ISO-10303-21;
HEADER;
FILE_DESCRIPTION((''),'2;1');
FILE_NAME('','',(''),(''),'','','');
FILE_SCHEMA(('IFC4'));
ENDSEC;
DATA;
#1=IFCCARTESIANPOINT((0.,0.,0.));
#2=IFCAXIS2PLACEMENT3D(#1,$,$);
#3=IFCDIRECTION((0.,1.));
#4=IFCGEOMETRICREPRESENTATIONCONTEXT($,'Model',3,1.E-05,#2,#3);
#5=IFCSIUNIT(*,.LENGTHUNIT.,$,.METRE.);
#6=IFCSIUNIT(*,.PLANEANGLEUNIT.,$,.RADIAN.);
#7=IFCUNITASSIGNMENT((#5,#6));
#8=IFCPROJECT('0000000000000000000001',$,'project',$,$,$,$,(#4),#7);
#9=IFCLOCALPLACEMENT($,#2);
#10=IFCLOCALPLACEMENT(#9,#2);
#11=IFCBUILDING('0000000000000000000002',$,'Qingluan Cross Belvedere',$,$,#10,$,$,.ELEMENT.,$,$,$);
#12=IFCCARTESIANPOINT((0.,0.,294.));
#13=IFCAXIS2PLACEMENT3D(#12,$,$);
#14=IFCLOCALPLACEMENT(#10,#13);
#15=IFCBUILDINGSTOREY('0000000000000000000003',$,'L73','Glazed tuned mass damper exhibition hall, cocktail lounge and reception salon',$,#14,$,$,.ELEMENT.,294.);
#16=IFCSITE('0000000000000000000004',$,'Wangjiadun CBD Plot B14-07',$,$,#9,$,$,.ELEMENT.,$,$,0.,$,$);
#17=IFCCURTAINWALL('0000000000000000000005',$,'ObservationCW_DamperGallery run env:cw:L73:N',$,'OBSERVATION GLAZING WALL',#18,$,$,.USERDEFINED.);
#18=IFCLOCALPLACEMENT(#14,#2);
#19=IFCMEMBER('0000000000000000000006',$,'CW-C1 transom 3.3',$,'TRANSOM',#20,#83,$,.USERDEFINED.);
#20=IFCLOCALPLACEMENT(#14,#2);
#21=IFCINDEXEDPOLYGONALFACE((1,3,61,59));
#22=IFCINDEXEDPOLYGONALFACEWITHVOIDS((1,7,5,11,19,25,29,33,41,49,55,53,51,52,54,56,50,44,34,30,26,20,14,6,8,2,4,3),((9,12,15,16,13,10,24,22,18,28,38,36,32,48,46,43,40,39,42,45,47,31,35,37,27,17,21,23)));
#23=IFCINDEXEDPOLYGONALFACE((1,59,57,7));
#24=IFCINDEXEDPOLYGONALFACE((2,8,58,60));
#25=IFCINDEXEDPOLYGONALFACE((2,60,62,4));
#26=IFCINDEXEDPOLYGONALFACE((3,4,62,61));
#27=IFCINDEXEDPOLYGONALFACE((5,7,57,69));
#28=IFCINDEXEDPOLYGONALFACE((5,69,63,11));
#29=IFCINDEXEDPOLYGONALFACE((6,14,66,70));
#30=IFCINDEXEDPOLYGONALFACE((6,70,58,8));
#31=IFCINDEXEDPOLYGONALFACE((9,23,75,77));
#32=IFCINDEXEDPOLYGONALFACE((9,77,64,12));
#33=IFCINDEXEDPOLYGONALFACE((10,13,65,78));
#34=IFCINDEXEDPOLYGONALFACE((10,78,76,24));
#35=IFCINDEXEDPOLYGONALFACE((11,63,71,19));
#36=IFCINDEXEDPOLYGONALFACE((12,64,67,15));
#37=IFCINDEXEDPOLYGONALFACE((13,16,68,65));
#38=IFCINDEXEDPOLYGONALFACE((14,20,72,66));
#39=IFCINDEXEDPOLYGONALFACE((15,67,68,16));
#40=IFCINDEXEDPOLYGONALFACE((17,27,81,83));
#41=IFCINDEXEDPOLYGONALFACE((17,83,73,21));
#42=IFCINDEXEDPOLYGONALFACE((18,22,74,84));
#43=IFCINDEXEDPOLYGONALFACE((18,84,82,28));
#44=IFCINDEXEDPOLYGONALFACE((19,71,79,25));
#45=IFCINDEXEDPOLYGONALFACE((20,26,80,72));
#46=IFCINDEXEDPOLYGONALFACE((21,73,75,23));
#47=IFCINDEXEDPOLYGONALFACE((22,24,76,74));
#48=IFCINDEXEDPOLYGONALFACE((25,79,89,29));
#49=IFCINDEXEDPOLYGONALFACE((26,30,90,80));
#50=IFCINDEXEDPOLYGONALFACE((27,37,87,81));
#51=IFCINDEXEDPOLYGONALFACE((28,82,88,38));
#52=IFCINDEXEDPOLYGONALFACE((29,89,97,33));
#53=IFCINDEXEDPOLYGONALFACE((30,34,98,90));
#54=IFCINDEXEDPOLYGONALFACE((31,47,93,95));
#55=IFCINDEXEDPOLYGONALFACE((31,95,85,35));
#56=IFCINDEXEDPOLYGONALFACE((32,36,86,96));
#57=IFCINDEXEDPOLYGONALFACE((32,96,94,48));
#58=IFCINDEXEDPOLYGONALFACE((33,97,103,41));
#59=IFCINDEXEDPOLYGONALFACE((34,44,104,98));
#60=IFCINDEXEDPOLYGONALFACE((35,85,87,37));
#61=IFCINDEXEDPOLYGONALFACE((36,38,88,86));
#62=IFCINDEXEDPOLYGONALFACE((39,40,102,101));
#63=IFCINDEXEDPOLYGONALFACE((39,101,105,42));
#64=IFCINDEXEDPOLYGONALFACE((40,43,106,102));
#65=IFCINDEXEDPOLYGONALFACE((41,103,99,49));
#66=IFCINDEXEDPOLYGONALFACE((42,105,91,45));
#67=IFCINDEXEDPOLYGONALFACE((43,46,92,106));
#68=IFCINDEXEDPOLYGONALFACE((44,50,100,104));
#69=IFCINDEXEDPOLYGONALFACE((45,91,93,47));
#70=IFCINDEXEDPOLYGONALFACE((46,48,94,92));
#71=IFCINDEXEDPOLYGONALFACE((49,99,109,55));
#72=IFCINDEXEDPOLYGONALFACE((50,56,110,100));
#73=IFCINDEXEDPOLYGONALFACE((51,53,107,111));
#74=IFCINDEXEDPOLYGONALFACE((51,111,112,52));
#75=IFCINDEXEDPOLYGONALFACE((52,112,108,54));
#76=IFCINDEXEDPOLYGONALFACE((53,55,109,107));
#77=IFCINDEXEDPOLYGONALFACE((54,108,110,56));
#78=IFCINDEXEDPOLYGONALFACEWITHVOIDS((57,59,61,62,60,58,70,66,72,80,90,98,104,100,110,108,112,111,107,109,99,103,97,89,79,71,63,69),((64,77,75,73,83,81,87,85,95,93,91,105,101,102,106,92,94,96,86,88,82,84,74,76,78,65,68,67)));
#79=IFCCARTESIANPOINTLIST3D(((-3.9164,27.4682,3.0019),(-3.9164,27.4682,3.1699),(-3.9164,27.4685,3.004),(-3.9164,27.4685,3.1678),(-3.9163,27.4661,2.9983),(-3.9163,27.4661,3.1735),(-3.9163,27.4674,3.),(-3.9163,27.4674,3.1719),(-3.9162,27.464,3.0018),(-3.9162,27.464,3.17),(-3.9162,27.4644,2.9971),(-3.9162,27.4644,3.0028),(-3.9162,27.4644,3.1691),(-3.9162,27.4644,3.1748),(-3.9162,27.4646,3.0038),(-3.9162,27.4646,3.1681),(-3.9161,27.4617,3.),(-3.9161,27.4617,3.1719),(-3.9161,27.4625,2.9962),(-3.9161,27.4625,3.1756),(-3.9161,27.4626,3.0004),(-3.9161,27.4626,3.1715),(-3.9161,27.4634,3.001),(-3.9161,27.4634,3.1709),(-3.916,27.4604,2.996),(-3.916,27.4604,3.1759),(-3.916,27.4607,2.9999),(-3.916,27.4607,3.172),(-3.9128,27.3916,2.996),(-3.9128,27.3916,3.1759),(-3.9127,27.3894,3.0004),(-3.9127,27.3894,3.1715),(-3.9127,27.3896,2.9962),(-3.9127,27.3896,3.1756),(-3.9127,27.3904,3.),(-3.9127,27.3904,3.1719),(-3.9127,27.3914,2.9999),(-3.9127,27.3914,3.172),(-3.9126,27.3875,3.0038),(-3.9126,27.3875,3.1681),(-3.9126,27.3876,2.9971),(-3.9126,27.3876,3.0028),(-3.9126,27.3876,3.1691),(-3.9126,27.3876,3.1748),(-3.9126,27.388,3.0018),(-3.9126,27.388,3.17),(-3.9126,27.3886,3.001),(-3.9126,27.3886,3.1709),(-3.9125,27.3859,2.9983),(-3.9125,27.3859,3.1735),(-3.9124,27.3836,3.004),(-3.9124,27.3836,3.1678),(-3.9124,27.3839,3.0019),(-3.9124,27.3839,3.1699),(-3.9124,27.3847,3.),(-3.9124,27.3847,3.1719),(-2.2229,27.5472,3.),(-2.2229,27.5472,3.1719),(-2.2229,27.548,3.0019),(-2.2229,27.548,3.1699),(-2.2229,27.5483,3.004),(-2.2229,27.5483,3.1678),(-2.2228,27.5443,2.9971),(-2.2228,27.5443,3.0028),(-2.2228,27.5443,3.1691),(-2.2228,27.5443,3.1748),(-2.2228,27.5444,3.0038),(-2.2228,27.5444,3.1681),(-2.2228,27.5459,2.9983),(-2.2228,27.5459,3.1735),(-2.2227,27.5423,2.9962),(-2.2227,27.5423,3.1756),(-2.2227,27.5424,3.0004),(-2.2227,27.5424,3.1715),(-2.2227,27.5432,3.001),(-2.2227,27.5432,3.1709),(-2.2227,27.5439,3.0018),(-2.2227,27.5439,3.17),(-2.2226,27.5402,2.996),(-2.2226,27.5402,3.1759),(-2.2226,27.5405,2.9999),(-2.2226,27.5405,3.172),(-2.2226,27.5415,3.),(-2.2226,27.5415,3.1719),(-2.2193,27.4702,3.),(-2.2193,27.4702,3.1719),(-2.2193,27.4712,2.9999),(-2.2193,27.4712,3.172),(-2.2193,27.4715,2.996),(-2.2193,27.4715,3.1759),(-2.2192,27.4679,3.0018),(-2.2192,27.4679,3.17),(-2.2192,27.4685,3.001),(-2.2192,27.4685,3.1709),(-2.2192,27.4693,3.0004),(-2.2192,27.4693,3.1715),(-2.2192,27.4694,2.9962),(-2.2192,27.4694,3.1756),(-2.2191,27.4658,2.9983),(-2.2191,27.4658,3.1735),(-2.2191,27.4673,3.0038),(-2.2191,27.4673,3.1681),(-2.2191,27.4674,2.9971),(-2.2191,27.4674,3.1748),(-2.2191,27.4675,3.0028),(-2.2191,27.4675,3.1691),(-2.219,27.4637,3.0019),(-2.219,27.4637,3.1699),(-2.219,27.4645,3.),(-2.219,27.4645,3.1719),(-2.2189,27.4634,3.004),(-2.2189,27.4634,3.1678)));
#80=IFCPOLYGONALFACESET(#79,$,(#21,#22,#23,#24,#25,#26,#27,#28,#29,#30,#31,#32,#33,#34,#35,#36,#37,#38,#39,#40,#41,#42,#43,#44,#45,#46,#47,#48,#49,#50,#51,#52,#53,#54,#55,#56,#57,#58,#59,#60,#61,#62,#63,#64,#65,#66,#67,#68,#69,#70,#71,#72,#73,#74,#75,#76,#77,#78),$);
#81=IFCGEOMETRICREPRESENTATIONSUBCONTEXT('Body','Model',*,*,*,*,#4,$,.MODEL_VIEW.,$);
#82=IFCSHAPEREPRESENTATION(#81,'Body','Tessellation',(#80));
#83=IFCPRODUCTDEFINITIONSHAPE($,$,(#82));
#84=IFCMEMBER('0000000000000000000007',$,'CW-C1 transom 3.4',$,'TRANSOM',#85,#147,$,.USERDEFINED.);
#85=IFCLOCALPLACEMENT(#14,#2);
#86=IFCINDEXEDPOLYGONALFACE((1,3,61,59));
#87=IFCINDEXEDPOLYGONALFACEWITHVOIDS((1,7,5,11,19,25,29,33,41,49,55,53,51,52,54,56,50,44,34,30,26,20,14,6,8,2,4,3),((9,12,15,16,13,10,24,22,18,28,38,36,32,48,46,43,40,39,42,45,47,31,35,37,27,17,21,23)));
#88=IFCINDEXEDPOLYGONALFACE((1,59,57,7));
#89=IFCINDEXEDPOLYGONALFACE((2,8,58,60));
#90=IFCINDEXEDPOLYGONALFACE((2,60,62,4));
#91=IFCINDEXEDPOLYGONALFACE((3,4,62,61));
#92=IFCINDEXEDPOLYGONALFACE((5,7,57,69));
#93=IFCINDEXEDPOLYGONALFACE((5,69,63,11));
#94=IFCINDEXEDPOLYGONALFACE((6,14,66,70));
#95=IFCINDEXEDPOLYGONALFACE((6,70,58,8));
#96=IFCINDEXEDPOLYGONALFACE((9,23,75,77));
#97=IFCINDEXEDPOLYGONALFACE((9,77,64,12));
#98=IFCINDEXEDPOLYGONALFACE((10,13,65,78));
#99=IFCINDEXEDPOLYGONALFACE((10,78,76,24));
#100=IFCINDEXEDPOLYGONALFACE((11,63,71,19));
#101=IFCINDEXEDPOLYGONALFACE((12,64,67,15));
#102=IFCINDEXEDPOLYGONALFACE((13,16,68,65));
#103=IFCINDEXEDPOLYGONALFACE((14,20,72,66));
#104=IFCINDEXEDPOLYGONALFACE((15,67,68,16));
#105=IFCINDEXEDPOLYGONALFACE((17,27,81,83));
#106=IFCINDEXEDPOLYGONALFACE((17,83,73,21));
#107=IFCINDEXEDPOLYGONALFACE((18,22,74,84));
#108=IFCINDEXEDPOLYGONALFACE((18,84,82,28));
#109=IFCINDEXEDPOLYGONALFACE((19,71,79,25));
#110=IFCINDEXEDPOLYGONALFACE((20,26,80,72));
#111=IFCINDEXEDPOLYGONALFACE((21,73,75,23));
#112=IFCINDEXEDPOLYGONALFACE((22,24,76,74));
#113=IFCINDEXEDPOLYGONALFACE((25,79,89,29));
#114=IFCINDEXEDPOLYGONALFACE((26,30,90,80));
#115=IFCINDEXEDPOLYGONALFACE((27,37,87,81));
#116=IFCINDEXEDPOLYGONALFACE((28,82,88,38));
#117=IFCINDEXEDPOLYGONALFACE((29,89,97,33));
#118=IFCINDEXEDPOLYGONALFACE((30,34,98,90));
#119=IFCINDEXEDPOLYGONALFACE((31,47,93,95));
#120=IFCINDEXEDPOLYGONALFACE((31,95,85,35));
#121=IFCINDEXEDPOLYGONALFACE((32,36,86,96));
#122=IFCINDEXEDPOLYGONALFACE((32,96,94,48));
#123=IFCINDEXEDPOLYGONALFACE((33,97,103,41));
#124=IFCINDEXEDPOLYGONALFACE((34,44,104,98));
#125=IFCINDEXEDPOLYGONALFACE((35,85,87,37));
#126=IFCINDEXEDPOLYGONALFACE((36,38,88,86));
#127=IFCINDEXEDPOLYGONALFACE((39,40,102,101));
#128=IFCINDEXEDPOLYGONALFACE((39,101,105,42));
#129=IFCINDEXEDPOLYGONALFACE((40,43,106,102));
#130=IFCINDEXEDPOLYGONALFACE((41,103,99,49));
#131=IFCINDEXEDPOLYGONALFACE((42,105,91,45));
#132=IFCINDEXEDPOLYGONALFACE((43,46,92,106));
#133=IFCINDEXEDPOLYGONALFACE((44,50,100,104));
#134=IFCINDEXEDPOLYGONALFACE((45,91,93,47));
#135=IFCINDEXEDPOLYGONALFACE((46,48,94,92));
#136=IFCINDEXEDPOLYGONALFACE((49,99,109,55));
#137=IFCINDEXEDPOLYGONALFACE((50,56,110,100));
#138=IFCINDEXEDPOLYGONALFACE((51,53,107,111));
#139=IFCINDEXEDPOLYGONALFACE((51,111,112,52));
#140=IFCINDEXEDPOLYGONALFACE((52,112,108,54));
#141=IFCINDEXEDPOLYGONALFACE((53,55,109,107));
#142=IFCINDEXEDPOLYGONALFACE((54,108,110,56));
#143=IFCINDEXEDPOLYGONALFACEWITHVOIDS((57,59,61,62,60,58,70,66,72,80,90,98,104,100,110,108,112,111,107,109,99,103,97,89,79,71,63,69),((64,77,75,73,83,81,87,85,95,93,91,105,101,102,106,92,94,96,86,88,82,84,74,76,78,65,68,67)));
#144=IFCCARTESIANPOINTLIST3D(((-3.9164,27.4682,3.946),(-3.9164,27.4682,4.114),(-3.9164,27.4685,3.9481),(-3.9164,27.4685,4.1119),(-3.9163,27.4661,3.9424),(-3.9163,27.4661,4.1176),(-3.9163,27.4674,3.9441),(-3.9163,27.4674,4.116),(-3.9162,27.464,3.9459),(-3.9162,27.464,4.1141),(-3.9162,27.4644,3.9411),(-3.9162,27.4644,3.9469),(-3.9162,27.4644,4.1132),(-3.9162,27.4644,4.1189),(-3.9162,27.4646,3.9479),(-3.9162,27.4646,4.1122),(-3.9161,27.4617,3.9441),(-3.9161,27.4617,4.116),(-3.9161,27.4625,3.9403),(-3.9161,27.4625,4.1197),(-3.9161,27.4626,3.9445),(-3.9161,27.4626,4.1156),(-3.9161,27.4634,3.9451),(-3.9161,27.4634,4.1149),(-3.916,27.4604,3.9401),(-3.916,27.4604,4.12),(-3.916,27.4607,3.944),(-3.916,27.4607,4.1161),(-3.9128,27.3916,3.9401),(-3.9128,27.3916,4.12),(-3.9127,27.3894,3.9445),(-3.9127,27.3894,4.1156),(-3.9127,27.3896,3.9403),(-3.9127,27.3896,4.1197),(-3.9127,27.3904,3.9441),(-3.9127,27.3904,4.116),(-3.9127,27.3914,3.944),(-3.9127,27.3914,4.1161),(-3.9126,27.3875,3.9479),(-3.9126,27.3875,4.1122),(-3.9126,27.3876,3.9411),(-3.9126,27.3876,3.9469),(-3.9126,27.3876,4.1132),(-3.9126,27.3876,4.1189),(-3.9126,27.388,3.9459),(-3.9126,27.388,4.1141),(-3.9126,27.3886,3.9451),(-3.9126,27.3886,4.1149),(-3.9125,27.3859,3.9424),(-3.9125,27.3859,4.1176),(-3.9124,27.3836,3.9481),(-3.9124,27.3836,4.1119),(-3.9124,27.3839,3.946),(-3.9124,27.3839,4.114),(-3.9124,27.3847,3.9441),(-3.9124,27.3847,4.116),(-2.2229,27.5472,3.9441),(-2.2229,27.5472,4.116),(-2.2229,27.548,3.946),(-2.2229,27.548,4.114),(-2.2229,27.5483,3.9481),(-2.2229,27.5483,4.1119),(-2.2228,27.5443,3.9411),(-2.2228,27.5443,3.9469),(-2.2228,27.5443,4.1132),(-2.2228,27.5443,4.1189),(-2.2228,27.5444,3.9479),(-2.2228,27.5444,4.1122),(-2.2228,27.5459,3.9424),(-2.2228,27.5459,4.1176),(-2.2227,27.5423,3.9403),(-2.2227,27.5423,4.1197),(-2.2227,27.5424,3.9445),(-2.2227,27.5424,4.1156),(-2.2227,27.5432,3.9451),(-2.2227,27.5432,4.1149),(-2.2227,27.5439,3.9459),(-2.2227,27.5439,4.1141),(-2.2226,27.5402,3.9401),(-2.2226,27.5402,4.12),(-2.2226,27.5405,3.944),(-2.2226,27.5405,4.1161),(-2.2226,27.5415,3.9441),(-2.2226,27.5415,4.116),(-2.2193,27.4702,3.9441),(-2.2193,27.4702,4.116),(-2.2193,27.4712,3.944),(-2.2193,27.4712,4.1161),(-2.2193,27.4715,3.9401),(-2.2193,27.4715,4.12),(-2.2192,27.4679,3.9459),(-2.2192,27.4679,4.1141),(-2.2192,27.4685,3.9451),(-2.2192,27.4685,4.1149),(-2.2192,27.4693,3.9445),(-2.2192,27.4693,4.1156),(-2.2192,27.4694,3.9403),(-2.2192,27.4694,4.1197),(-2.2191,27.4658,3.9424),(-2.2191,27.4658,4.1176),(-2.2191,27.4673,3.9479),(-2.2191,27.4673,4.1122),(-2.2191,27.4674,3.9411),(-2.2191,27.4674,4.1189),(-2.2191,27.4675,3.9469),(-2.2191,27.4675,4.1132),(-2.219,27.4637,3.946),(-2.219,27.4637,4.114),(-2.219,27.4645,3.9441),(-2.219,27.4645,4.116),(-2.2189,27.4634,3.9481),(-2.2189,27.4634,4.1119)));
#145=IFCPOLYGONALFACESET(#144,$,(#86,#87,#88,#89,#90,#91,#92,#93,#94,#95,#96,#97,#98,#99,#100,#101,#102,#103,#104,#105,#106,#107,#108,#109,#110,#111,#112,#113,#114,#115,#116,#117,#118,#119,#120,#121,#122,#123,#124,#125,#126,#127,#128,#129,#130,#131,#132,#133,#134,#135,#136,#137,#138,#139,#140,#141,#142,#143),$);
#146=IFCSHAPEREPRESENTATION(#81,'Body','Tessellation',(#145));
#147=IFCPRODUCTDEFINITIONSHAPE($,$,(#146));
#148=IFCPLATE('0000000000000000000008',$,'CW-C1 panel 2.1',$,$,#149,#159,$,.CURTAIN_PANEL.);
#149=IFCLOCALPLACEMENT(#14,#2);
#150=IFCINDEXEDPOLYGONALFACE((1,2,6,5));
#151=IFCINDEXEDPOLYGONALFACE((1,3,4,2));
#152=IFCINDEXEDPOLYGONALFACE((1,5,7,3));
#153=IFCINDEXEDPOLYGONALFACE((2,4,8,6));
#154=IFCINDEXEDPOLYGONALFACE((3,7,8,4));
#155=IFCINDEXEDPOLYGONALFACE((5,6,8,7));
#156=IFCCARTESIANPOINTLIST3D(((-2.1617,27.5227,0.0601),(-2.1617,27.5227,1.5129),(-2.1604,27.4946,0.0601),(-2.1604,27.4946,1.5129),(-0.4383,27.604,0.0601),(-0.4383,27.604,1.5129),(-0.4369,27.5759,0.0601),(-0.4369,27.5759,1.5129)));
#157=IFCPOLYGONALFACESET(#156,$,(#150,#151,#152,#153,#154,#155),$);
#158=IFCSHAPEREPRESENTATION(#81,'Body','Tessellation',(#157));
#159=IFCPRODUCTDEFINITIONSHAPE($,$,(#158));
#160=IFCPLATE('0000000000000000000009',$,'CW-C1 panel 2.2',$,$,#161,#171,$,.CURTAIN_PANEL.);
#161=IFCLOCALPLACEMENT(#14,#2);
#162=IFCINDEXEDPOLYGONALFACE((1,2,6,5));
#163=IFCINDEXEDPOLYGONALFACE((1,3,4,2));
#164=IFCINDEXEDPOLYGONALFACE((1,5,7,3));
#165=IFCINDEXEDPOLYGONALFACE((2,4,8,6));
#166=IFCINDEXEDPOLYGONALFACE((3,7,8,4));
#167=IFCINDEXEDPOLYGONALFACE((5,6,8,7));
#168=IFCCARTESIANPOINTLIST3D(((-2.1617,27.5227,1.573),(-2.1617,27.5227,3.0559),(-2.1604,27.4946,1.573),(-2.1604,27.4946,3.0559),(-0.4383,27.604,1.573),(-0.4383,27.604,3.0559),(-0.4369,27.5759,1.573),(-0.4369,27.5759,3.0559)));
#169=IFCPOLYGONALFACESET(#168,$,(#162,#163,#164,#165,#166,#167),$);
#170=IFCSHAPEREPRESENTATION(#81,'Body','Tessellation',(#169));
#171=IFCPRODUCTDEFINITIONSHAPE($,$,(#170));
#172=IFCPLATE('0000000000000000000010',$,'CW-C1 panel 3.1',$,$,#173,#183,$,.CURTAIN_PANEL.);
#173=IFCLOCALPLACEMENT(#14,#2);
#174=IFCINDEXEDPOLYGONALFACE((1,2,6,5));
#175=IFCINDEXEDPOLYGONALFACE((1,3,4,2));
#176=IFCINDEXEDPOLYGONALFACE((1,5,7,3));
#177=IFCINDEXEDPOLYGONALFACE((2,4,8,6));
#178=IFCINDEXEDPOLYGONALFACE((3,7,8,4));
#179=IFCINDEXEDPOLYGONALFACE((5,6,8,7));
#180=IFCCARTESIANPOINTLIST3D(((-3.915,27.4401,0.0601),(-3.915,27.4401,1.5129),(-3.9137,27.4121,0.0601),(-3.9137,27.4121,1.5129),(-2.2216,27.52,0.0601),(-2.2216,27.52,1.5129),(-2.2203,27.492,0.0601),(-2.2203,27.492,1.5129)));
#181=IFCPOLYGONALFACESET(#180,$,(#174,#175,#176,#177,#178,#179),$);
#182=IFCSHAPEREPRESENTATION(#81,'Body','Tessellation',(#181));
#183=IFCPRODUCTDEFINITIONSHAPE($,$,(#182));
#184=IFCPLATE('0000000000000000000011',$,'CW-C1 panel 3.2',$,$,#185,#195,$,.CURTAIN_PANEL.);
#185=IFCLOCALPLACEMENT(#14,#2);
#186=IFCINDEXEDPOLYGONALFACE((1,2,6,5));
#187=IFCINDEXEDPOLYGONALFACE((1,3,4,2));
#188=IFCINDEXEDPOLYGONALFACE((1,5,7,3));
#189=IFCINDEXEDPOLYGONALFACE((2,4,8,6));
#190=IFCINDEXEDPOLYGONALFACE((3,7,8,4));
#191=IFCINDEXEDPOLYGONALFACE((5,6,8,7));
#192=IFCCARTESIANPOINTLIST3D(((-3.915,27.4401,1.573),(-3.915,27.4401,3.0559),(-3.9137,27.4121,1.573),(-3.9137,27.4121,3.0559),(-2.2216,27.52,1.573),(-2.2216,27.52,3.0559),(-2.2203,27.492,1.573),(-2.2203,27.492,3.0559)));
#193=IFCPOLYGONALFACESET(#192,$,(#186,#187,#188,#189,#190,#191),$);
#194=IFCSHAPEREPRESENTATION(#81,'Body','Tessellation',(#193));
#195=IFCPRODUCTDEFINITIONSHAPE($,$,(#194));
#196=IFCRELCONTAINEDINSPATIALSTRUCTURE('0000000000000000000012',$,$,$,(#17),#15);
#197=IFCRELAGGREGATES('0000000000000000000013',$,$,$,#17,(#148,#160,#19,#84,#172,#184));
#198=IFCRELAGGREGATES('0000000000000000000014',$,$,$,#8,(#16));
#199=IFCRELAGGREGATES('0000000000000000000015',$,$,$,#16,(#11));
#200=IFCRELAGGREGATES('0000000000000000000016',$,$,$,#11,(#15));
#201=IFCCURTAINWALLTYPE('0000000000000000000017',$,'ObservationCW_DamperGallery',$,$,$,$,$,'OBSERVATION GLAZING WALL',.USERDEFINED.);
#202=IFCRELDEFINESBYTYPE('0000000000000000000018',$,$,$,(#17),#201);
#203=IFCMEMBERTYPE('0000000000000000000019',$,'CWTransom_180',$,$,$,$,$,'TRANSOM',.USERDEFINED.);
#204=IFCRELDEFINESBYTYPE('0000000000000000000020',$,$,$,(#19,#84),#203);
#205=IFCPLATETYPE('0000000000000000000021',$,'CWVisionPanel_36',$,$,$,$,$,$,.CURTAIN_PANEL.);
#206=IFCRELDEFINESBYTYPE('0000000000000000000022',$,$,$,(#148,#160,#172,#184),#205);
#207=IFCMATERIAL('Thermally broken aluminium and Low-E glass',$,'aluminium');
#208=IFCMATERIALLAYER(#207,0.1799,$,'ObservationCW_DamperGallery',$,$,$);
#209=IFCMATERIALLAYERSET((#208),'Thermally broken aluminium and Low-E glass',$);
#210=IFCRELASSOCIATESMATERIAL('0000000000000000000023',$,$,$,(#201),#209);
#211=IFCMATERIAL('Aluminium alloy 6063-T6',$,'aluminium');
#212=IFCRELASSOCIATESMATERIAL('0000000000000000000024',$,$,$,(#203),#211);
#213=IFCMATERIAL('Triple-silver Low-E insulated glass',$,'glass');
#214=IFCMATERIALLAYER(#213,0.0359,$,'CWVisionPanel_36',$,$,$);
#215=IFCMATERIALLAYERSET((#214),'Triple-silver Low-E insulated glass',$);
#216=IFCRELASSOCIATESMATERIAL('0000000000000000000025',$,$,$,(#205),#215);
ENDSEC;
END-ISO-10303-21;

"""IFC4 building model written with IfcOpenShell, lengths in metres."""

from ifc_helpers import new_model, si_unit, direction, frame, origin, origin_2d, place, context, subcontext, project, spatial, rectangle, hollow_rectangle, extrude, material, layer, layer_set, material_profile, profile_set, type_object, element, aggregate, save


model = new_model("IFC4")

# Units and contexts
model_context = context("Model", 3, precision=1e-05, world=origin(), true_north=direction((0.0, 1.0)))
body_context = subcontext(model_context, "Body", "Model", "MODEL_VIEW")
ifc_project = project(units=[si_unit("LENGTHUNIT", "METRE"), si_unit("PLANEANGLEUNIT", "RADIAN")], contexts=[model_context])

# Site, building, storey
site_placement = place(None, origin())
site = spatial("IfcSite", under=ifc_project, at=site_placement, Name="Wangjiadun CBD Plot B14-07", CompositionType="ELEMENT", RefElevation=0.0)
building_placement = place(site_placement, origin())
building = spatial("IfcBuilding", under=site, at=building_placement, Name="Qingluan Cross Belvedere", CompositionType="ELEMENT")
storey_placement = place(building_placement, frame((0.0, 0.0, 294.0)))
storey = spatial("IfcBuildingStorey", under=building, at=storey_placement, Name="L73", Description="Glazed tuned mass damper exhibition hall, cocktail lounge and reception salon", CompositionType="ELEMENT", Elevation=294.0)

# Curtain wall, members, plates
ifc_material_1 = material(Name="Thermally broken aluminium and Low-E glass", Category="aluminium")
ifc_layer_1 = layer(ifc_material_1, 0.1799, Name="ObservationCW_DamperGallery")
ifc_layer_set_1 = layer_set([ifc_layer_1], Name="Thermally broken aluminium and Low-E glass")
curtain_wall_type = type_object("IfcCurtainWallType", Name="ObservationCW_DamperGallery", ElementType="OBSERVATION GLAZING WALL", PredefinedType="USERDEFINED", material=ifc_layer_set_1)
curtain_wall_placement = place(storey_placement, origin())
curtain_wall = element("IfcCurtainWall", 1, at=curtain_wall_placement, inside=storey, type_object=curtain_wall_type, Name="ObservationCW_DamperGallery run env:cw:L73:N", ObjectType="OBSERVATION GLAZING WALL", PredefinedType="USERDEFINED")
ifc_material_2 = material(Name="Aluminium alloy 6063-T6", Category="aluminium")
ifc_material_profile_1 = material_profile(ifc_material_2, hollow_rectangle(XDim=0.085, YDim=0.1799, WallThickness=0.0039, InnerFilletRadius=0.0039, OuterFilletRadius=0.0081, at=origin_2d()), Name="CWT180x85x4")
ifc_profile_set_1 = profile_set([ifc_material_profile_1], Name="Aluminium alloy 6063-T6")
member_type_1 = type_object("IfcMemberType", Name="CWTransom_180", ElementType="TRANSOM", PredefinedType="USERDEFINED", material=ifc_profile_set_1)
member_1_placement = place(storey_placement, frame((-2.2209, 27.5059, 3.0859), z_axis=(-0.998891, -0.047093, 0.0), x_axis=(0.047093, -0.998891, 0.0)))
member_1 = element("IfcMember", 2, at=member_1_placement, type_object=member_type_1, Name="CW-C1 transom 3.3", ObjectType="TRANSOM", PredefinedType="USERDEFINED", context=body_context, shape_type="SweptSolid", body=[
    extrude(hollow_rectangle(XDim=0.085, YDim=0.1799, WallThickness=0.0039, InnerFilletRadius=0.0039, OuterFilletRadius=0.0081, at=origin_2d()), origin(), (0.0, 0.0, 1.0), 1.6953),
])
member_2_placement = place(storey_placement, frame((-2.2209, 27.5059, 4.03), z_axis=(-0.998891, -0.047093, 0.0), x_axis=(0.047093, -0.998891, 0.0)))
member_2 = element("IfcMember", 3, at=member_2_placement, type_object=member_type_1, Name="CW-C1 transom 3.4", ObjectType="TRANSOM", PredefinedType="USERDEFINED", context=body_context, shape_type="SweptSolid", body=[
    extrude(hollow_rectangle(XDim=0.085, YDim=0.1799, WallThickness=0.0039, InnerFilletRadius=0.0039, OuterFilletRadius=0.0081, at=origin_2d()), origin(), (0.0, 0.0, 1.0), 1.6953),
])
ifc_material_3 = material(Name="Triple-silver Low-E insulated glass", Category="glass")
ifc_layer_2 = layer(ifc_material_3, 0.0359, Name="CWVisionPanel_36")
ifc_layer_set_2 = layer_set([ifc_layer_2], Name="Triple-silver Low-E insulated glass")
plate_type = type_object("IfcPlateType", Name="CWVisionPanel_36", PredefinedType="CURTAIN_PANEL", material=ifc_layer_set_2)
plate_1_placement = place(storey_placement, frame((-1.2993, 27.5493, 0.0601), z_axis=(0.0, 0.0, 1.0), x_axis=(-0.998889, -0.047125, 0.0)))
plate_1 = element("IfcPlate", 4, at=plate_1_placement, type_object=plate_type, Name="CW-C1 panel 2.1", PredefinedType="CURTAIN_PANEL", context=body_context, shape_type="SweptSolid", body=[
    extrude(rectangle(XDim=1.7253, YDim=0.0281, at=origin_2d()), origin(), (0.0, 0.0, 1.0), 1.4529),
])
plate_2_placement = place(storey_placement, frame((-1.2993, 27.5493, 1.573), z_axis=(0.0, 0.0, 1.0), x_axis=(-0.998889, -0.047125, 0.0)))
plate_2 = element("IfcPlate", 5, at=plate_2_placement, type_object=plate_type, Name="CW-C1 panel 2.2", PredefinedType="CURTAIN_PANEL", context=body_context, shape_type="SweptSolid", body=[
    extrude(rectangle(XDim=1.7253, YDim=0.0281, at=origin_2d()), origin(), (0.0, 0.0, 1.0), 1.4829),
])
plate_3_placement = place(storey_placement, frame((-3.0676, 27.4661, 0.0601), z_axis=(0.0, 0.0, 1.0), x_axis=(-0.998889, -0.047125, 0.0)))
plate_3 = element("IfcPlate", 6, at=plate_3_placement, type_object=plate_type, Name="CW-C1 panel 3.1", PredefinedType="CURTAIN_PANEL", context=body_context, shape_type="SweptSolid", body=[
    extrude(rectangle(XDim=1.6953, YDim=0.0281, at=origin_2d()), origin(), (0.0, 0.0, 1.0), 1.4529),
])
plate_4_placement = place(storey_placement, frame((-3.0676, 27.4661, 1.573), z_axis=(0.0, 0.0, 1.0), x_axis=(-0.998889, -0.047125, 0.0)))
plate_4 = element("IfcPlate", 7, at=plate_4_placement, type_object=plate_type, Name="CW-C1 panel 3.2", PredefinedType="CURTAIN_PANEL", context=body_context, shape_type="SweptSolid", body=[
    extrude(rectangle(XDim=1.6953, YDim=0.0281, at=origin_2d()), origin(), (0.0, 0.0, 1.0), 1.4829),
])
aggregate(curtain_wall, [plate_1, plate_2, member_1, member_2, plate_3, plate_4])

save(model, "model.ifc")
